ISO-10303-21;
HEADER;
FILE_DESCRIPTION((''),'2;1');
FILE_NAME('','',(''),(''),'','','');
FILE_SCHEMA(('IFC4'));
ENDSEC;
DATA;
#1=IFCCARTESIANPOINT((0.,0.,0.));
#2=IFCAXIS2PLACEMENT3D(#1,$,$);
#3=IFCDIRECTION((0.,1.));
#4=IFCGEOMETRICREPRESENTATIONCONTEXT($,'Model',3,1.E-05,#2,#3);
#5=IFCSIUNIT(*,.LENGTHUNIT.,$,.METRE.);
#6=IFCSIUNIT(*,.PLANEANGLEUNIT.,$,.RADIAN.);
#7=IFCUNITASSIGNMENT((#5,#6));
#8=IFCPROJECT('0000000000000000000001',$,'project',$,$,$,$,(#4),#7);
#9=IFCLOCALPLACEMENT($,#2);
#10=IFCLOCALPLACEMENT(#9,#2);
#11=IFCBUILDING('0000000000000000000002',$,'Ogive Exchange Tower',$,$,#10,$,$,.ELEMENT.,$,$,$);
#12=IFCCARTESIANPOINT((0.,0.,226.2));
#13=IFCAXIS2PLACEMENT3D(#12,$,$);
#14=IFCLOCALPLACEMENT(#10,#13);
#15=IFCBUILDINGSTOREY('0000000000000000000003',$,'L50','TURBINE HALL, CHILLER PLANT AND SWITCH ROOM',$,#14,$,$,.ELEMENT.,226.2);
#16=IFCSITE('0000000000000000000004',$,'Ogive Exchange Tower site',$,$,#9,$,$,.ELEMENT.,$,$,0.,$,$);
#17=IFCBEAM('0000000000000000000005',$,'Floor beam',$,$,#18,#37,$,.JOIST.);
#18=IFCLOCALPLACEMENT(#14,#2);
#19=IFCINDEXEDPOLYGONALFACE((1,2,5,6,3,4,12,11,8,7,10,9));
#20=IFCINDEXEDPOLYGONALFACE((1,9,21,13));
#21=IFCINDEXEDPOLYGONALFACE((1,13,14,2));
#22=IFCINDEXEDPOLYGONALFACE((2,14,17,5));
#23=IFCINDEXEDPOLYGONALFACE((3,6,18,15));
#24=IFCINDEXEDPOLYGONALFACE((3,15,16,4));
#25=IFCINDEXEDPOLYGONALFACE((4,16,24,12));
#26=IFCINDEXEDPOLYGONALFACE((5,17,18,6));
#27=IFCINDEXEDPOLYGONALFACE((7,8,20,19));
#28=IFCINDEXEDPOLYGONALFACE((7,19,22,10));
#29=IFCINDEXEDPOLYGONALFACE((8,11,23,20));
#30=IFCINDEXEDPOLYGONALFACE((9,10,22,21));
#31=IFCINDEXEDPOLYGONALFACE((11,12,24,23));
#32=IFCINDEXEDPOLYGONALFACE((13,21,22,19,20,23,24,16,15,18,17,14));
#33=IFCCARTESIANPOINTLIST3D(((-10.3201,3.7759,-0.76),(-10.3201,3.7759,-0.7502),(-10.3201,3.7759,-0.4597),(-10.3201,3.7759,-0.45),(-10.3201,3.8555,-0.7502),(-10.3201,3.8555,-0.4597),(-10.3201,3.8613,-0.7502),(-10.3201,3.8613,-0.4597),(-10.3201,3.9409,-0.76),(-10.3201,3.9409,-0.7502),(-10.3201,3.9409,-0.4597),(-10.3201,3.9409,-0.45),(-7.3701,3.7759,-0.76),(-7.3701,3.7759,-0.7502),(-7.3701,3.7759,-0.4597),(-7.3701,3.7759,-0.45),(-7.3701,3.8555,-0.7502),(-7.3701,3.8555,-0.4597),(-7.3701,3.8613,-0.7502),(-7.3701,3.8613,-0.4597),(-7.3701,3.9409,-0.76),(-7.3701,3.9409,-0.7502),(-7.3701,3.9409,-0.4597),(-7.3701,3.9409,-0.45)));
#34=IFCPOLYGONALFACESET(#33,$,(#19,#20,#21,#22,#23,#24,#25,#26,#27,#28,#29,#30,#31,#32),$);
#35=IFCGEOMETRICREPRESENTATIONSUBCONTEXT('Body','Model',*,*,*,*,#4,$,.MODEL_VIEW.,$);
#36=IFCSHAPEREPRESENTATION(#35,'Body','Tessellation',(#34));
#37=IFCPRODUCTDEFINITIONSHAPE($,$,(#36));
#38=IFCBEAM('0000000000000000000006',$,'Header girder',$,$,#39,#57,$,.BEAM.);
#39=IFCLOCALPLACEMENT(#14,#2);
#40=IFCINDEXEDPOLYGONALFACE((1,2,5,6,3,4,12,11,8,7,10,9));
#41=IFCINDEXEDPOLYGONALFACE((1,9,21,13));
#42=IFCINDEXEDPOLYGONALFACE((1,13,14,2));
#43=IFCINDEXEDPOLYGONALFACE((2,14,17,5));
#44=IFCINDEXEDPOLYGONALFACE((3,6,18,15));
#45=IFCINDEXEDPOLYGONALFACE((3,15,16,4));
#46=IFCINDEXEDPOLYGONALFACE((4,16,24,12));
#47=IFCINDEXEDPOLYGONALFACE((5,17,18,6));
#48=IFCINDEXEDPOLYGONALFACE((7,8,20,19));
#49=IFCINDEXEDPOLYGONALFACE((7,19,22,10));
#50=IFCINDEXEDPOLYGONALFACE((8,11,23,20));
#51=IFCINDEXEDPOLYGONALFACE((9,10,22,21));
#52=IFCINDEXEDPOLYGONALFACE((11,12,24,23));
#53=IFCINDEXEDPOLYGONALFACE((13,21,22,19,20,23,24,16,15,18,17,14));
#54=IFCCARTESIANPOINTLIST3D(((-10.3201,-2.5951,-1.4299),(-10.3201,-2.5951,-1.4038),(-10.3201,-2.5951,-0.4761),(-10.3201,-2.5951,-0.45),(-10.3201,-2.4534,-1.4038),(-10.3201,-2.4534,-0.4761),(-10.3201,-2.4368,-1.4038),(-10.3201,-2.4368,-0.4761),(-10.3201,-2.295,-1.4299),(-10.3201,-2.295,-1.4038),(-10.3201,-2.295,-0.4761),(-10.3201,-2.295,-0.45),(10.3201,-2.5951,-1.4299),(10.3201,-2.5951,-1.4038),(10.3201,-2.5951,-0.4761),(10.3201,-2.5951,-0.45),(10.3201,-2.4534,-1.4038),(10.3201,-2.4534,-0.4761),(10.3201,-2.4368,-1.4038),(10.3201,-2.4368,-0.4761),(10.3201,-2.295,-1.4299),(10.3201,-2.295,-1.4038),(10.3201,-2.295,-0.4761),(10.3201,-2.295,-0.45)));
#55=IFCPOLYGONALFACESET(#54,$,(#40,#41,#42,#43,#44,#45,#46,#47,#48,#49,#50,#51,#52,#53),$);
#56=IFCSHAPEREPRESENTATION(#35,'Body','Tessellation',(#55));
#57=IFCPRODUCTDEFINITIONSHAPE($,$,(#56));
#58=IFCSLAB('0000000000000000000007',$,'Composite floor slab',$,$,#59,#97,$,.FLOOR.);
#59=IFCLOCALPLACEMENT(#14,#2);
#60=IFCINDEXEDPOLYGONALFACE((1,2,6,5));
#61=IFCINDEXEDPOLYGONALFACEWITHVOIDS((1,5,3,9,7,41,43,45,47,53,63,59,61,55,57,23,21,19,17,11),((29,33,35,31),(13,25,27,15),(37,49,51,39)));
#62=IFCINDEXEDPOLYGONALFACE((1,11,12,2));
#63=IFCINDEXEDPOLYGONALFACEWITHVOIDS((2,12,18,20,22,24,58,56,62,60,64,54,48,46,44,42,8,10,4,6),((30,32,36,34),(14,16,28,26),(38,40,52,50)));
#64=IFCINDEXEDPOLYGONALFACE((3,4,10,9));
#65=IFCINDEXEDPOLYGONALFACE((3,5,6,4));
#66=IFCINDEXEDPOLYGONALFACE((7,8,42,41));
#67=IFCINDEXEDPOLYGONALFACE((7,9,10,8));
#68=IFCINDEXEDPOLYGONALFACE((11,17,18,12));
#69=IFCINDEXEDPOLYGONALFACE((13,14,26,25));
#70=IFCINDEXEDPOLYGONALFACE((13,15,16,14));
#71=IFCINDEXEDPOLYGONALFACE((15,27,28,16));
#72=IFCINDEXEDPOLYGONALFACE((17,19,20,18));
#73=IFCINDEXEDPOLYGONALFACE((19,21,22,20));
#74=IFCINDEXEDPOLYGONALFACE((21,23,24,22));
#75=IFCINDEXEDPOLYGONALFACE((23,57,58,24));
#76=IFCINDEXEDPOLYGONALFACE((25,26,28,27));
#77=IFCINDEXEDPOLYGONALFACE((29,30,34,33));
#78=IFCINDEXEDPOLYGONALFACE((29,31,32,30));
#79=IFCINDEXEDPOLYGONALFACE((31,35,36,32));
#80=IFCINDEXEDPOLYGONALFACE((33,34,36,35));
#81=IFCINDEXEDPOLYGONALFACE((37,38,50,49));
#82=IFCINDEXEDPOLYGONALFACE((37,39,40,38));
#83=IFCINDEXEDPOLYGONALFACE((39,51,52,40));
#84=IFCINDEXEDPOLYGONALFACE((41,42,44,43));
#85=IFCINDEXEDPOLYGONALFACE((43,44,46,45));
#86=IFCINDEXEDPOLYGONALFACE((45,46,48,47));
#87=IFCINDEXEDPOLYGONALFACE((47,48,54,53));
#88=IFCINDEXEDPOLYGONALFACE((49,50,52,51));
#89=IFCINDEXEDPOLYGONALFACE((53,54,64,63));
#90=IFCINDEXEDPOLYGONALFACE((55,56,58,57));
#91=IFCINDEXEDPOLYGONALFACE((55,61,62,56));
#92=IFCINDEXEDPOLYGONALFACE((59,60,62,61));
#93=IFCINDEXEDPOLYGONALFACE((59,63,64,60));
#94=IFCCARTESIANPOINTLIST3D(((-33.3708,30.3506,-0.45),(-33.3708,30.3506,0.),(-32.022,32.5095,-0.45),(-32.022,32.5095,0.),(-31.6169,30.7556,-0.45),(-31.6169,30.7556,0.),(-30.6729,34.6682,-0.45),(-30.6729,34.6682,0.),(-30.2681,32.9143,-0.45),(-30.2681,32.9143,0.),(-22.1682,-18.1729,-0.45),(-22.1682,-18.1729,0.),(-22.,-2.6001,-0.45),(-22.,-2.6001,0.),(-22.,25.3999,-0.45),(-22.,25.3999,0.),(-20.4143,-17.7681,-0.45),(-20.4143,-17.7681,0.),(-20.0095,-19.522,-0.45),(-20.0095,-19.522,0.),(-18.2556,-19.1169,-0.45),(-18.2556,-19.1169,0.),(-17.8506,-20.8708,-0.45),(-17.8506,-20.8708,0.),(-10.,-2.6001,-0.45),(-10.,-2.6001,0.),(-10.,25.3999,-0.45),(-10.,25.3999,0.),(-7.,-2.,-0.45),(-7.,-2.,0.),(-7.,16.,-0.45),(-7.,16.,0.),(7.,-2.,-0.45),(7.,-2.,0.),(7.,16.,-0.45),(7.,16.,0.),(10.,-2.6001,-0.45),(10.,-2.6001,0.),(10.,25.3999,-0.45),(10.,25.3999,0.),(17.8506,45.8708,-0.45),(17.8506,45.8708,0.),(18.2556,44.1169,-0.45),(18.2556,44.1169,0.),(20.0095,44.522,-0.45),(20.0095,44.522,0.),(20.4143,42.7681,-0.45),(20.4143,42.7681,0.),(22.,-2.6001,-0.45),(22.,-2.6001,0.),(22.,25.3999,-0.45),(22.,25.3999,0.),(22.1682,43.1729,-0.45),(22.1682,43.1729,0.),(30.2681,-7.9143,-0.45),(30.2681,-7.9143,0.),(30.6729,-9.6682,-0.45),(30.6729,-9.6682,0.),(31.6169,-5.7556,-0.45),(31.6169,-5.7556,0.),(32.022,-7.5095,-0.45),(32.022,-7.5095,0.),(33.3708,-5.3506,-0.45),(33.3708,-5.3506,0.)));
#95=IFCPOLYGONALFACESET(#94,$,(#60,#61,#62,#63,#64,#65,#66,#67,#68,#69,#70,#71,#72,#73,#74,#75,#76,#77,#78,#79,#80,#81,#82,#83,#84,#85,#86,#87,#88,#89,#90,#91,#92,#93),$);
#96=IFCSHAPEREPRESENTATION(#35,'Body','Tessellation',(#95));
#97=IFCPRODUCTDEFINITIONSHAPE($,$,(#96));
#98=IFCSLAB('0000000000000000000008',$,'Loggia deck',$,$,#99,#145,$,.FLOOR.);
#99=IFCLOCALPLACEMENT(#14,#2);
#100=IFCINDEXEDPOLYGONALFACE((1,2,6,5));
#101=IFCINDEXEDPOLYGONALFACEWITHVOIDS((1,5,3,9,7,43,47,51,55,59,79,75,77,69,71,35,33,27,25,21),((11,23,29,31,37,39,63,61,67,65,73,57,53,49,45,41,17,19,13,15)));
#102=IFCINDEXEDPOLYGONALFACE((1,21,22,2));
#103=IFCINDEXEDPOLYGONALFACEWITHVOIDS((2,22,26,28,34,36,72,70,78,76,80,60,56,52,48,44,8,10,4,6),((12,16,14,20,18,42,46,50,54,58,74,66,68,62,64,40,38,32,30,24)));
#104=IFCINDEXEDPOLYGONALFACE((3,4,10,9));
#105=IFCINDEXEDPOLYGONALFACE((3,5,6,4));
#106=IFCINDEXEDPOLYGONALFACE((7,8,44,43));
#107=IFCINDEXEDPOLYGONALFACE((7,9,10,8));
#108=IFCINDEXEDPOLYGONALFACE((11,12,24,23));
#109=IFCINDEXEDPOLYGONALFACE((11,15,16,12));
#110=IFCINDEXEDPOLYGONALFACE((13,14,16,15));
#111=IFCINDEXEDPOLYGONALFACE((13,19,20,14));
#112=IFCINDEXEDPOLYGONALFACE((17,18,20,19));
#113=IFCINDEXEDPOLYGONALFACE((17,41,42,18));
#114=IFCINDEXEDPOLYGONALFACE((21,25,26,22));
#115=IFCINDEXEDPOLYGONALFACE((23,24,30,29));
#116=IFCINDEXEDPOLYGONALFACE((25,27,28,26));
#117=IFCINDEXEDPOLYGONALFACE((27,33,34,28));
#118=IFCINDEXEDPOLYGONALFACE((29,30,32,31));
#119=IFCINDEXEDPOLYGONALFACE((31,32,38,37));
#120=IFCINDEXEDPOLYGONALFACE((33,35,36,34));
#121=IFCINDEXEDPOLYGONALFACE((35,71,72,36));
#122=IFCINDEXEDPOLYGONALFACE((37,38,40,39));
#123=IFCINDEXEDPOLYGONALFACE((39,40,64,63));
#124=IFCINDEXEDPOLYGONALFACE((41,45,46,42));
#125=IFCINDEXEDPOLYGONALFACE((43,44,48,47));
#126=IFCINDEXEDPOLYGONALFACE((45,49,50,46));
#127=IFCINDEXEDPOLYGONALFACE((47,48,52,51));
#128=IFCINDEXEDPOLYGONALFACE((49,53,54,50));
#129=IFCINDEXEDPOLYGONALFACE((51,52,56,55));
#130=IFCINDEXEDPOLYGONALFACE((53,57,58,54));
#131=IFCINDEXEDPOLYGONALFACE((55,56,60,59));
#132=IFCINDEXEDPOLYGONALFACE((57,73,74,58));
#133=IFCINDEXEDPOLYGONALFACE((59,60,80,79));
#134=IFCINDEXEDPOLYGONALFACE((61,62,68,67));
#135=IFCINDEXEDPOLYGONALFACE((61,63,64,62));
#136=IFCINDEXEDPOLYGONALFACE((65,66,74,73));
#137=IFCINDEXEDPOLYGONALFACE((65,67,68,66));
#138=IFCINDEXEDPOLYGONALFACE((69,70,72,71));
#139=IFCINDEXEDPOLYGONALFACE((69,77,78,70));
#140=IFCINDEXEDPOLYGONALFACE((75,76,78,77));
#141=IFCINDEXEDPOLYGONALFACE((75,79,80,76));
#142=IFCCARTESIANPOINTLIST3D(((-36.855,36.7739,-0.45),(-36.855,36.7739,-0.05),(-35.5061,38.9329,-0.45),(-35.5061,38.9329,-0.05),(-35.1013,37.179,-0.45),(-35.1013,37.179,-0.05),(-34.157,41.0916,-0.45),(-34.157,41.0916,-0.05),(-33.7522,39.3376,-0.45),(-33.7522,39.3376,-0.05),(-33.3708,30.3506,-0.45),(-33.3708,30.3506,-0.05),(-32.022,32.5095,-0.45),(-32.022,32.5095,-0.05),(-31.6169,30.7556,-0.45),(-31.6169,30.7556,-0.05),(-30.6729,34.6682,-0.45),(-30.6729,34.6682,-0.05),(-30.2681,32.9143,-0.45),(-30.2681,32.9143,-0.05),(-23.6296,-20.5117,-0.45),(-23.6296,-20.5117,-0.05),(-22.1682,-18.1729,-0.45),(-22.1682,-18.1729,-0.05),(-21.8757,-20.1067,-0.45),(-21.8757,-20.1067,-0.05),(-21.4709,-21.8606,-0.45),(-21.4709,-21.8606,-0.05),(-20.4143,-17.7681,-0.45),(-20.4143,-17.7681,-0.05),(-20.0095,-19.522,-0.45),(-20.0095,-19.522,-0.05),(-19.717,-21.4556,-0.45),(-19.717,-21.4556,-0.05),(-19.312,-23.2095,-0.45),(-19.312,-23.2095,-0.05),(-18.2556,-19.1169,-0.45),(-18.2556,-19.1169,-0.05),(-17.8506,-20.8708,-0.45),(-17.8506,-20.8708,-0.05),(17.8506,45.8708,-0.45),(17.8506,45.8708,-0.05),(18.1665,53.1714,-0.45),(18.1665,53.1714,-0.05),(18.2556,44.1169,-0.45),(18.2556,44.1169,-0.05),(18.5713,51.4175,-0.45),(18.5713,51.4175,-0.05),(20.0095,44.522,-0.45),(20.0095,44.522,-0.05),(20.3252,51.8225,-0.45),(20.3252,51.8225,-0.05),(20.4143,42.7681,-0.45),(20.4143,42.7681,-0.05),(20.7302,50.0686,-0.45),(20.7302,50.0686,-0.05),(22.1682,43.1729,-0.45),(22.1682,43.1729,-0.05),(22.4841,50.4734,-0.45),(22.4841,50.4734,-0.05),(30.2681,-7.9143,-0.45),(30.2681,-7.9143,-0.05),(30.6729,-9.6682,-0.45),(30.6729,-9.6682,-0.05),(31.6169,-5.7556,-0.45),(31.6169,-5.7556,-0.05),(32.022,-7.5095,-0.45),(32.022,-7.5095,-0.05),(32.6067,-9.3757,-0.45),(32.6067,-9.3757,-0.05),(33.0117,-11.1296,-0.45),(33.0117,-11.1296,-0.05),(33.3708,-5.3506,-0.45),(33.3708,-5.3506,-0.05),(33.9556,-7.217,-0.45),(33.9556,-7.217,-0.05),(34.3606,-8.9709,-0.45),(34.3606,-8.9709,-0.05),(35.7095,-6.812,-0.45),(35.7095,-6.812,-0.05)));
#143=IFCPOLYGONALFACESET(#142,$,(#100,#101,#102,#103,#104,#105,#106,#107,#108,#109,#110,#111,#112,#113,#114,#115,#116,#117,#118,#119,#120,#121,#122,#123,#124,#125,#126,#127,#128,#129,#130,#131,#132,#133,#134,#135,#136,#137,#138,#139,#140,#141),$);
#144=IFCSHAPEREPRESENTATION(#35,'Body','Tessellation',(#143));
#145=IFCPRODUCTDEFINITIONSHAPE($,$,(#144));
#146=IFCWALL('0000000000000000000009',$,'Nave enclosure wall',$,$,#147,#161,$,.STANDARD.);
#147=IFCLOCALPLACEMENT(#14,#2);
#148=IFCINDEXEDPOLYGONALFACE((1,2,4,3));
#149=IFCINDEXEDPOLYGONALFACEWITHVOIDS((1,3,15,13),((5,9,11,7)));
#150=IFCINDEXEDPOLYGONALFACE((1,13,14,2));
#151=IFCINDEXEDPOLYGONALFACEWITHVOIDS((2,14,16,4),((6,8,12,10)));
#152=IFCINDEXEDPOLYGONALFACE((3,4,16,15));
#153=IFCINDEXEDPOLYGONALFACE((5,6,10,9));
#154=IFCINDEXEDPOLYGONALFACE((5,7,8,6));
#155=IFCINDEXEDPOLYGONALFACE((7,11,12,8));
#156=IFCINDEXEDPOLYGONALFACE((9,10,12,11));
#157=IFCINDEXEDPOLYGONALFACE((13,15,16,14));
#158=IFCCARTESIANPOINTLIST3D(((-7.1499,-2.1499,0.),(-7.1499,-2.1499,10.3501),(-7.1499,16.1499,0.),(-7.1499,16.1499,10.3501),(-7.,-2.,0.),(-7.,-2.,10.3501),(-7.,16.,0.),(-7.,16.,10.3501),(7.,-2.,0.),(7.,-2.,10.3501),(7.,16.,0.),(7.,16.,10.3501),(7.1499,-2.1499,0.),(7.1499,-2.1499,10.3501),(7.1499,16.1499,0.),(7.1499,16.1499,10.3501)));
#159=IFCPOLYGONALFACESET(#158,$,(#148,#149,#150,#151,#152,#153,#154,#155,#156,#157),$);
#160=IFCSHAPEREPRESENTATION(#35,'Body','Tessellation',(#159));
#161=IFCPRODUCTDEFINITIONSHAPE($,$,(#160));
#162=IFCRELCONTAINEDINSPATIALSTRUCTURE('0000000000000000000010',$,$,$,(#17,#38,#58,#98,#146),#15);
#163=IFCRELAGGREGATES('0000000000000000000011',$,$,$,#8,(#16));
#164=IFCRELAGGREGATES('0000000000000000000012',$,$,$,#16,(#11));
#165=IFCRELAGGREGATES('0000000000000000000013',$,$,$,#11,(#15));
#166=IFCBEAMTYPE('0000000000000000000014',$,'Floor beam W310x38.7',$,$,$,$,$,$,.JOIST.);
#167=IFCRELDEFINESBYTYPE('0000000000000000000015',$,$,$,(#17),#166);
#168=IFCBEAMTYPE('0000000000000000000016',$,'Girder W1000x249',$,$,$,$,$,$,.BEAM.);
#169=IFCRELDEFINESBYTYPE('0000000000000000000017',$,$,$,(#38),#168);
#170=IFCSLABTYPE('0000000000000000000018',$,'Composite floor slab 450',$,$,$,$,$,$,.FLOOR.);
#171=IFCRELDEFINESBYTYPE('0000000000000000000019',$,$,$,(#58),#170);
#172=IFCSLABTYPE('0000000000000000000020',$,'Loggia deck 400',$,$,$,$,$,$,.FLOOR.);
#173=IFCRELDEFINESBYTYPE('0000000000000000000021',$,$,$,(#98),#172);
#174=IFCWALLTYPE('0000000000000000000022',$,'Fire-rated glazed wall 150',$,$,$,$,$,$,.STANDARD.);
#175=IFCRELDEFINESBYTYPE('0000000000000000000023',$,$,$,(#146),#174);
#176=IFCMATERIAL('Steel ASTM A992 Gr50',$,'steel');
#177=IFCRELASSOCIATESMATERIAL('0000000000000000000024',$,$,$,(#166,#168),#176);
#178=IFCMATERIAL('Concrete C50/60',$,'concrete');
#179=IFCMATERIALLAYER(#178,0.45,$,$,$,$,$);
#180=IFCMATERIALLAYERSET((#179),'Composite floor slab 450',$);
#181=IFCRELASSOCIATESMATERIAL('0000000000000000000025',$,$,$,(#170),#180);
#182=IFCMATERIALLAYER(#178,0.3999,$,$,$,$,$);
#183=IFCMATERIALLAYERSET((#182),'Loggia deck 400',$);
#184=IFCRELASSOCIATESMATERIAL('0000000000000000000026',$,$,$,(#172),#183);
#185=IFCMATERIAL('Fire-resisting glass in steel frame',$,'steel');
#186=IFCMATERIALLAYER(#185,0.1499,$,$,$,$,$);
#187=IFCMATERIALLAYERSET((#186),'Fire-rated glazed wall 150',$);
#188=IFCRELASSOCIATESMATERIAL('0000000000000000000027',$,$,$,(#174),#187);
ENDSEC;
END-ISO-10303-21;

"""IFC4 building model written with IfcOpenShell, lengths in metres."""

from ifc_helpers import new_model, si_unit, direction, frame, origin, origin_2d, place, context, subcontext, project, spatial, polyline, i_section, outline, extrude, material, layer, layer_set, material_profile, profile_set, type_object, element, save


model = new_model("IFC4")

# Units and contexts
model_context = context("Model", 3, precision=1e-05, world=origin(), true_north=direction((0.0, 1.0)))
body_context = subcontext(model_context, "Body", "Model", "MODEL_VIEW")
ifc_project = project(units=[si_unit("LENGTHUNIT", "METRE"), si_unit("PLANEANGLEUNIT", "RADIAN")], contexts=[model_context])

# Site, building, storey
site_placement = place(None, origin())
site = spatial("IfcSite", under=ifc_project, at=site_placement, Name="Ogive Exchange Tower site", CompositionType="ELEMENT", RefElevation=0.0)
building_placement = place(site_placement, origin())
building = spatial("IfcBuilding", under=site, at=building_placement, Name="Ogive Exchange Tower", CompositionType="ELEMENT")
storey_placement = place(building_placement, frame((0.0, 0.0, 226.2)))
storey = spatial("IfcBuildingStorey", under=building, at=storey_placement, Name="L50", Description="TURBINE HALL, CHILLER PLANT AND SWITCH ROOM", CompositionType="ELEMENT", Elevation=226.2)

# Beams
ifc_material_1 = material(Name="Steel ASTM A992 Gr50", Category="steel")
ifc_material_profile_1 = material_profile(ifc_material_1, i_section(OverallWidth=0.165, OverallDepth=0.3101, WebThickness=0.0059, FlangeThickness=0.0098, at=origin_2d()), Name="W310x38.7")
ifc_profile_set_1 = profile_set([ifc_material_profile_1], Name="Steel ASTM A992 Gr50")
beam_type_1 = type_object("IfcBeamType", Name="Floor beam W310x38.7", PredefinedType="JOIST", material=ifc_profile_set_1)
beam_1_placement = place(storey_placement, frame((-10.3201, 3.8584, -0.605), z_axis=(1.0, 0.0, 0.0), x_axis=(0.0, 1.0, 0.0)))
element("IfcBeam", 1, at=beam_1_placement, inside=storey, type_object=beam_type_1, Name="Floor beam", PredefinedType="JOIST", context=body_context, shape_type="SweptSolid", body=[
    extrude(i_section(OverallWidth=0.165, OverallDepth=0.3101, WebThickness=0.0059, FlangeThickness=0.0098, at=origin_2d()), origin(), (0.0, 0.0, 1.0), 2.95),
])
ifc_material_profile_2 = material_profile(ifc_material_1, i_section(OverallWidth=0.3, OverallDepth=0.98, WebThickness=0.0166, FlangeThickness=0.0261, at=origin_2d()), Name="W1000x249")
ifc_profile_set_2 = profile_set([ifc_material_profile_2], Name="Steel ASTM A992 Gr50")
beam_type_2 = type_object("IfcBeamType", Name="Girder W1000x249", PredefinedType="BEAM", material=ifc_profile_set_2)
beam_2_placement = place(storey_placement, frame((-10.3201, -2.4451, -0.9399), z_axis=(1.0, 0.0, 0.0), x_axis=(0.0, 1.0, 0.0)))
element("IfcBeam", 2, at=beam_2_placement, inside=storey, type_object=beam_type_2, Name="Header girder", PredefinedType="BEAM", context=body_context, shape_type="SweptSolid", body=[
    extrude(i_section(OverallWidth=0.3, OverallDepth=0.98, WebThickness=0.0166, FlangeThickness=0.0261, at=origin_2d()), origin(), (0.0, 0.0, 1.0), 20.6401),
])

# Slabs
ifc_material_2 = material(Name="Concrete C50/60", Category="concrete")
ifc_layer_1 = layer(ifc_material_2, 0.45)
ifc_layer_set_1 = layer_set([ifc_layer_1], Name="Composite floor slab 450")
slab_type_1 = type_object("IfcSlabType", Name="Composite floor slab 450", PredefinedType="FLOOR", material=ifc_layer_set_1)
slab_1_placement = place(storey_placement, frame((0.0, 0.0, -0.45)))
element("IfcSlab", 3, at=slab_1_placement, inside=storey, type_object=slab_type_1, Name="Composite floor slab", PredefinedType="FLOOR", context=body_context, shape_type="SweptSolid", body=[
    extrude(outline(polyline([(-18.2556, -19.1169), (-20.0095, -19.522), (-20.4143, -17.7681), (-22.1682, -18.1729), (-33.3708, 30.3506), (-31.6169, 30.7556), (-32.022, 32.5095), (-30.2681, 32.9143), (-30.6729, 34.6682), (17.8506, 45.8708), (18.2556, 44.1169), (20.0095, 44.522), (20.4143, 42.7681), (22.1682, 43.1729), (33.3708, -5.3506), (31.6169, -5.7556), (32.022, -7.5095), (30.2681, -7.9143), (30.6729, -9.6682), (-17.8506, -20.8708), (-18.2556, -19.1169)]), holes=[polyline([(7.0, -2.0), (7.0, 16.0), (-7.0, 16.0), (-7.0, -2.0), (7.0, -2.0)]), polyline([(-22.0, -2.6001), (-10.0, -2.6001), (-10.0, 25.3999), (-22.0, 25.3999), (-22.0, -2.6001)]), polyline([(10.0, -2.6001), (22.0, -2.6001), (22.0, 25.3999), (10.0, 25.3999), (10.0, -2.6001)])]), origin(), (0.0, 0.0, 1.0), 0.45),
])
ifc_layer_2 = layer(ifc_material_2, 0.3999)
ifc_layer_set_2 = layer_set([ifc_layer_2], Name="Loggia deck 400")
slab_type_2 = type_object("IfcSlabType", Name="Loggia deck 400", PredefinedType="FLOOR", material=ifc_layer_set_2)
slab_2_placement = place(storey_placement, frame((0.0, 0.0, -0.45)))
element("IfcSlab", 4, at=slab_2_placement, inside=storey, type_object=slab_type_2, Name="Loggia deck", PredefinedType="FLOOR", context=body_context, shape_type="SweptSolid", body=[
    extrude(outline(polyline([(-19.717, -21.4556), (-21.4709, -21.8606), (-21.8757, -20.1067), (-23.6296, -20.5117), (-36.855, 36.7739), (-35.1013, 37.179), (-35.5061, 38.9329), (-33.7522, 39.3376), (-34.157, 41.0916), (18.1665, 53.1714), (18.5713, 51.4175), (20.3252, 51.8225), (20.7302, 50.0686), (22.4841, 50.4734), (35.7095, -6.812), (33.9556, -7.217), (34.3606, -8.9709), (32.6067, -9.3757), (33.0117, -11.1296), (-19.312, -23.2095), (-19.717, -21.4556)]), holes=[polyline([(30.2681, -7.9143), (32.022, -7.5095), (31.6169, -5.7556), (33.3708, -5.3506), (22.1682, 43.1729), (20.4143, 42.7681), (20.0095, 44.522), (18.2556, 44.1169), (17.8506, 45.8708), (-30.6729, 34.6682), (-30.2681, 32.9143), (-32.022, 32.5095), (-31.6169, 30.7556), (-33.3708, 30.3506), (-22.1682, -18.1729), (-20.4143, -17.7681), (-20.0095, -19.522), (-18.2556, -19.1169), (-17.8506, -20.8708), (30.6729, -9.6682), (30.2681, -7.9143)])]), origin(), (0.0, 0.0, 1.0), 0.3999),
])

# Wall
ifc_material_3 = material(Name="Fire-resisting glass in steel frame", Category="steel")
ifc_layer_3 = layer(ifc_material_3, 0.1499)
ifc_layer_set_3 = layer_set([ifc_layer_3], Name="Fire-rated glazed wall 150")
wall_type_1 = type_object("IfcWallType", Name="Fire-rated glazed wall 150", PredefinedType="STANDARD", material=ifc_layer_set_3)
wall_1_placement = place(storey_placement, origin())
element("IfcWall", 5, at=wall_1_placement, inside=storey, type_object=wall_type_1, Name="Nave enclosure wall", PredefinedType="STANDARD", context=body_context, shape_type="SweptSolid", body=[
    extrude(outline(polyline([(-7.1499, -2.1499), (7.1499, -2.1499), (7.1499, 16.1499), (-7.1499, 16.1499), (-7.1499, -2.1499)]), holes=[polyline([(-7.0, -2.0), (-7.0, 16.0), (7.0, 16.0), (7.0, -2.0), (-7.0, -2.0)])]), origin(), (0.0, 0.0, 1.0), 10.3501),
])

save(model, "model.ifc")
